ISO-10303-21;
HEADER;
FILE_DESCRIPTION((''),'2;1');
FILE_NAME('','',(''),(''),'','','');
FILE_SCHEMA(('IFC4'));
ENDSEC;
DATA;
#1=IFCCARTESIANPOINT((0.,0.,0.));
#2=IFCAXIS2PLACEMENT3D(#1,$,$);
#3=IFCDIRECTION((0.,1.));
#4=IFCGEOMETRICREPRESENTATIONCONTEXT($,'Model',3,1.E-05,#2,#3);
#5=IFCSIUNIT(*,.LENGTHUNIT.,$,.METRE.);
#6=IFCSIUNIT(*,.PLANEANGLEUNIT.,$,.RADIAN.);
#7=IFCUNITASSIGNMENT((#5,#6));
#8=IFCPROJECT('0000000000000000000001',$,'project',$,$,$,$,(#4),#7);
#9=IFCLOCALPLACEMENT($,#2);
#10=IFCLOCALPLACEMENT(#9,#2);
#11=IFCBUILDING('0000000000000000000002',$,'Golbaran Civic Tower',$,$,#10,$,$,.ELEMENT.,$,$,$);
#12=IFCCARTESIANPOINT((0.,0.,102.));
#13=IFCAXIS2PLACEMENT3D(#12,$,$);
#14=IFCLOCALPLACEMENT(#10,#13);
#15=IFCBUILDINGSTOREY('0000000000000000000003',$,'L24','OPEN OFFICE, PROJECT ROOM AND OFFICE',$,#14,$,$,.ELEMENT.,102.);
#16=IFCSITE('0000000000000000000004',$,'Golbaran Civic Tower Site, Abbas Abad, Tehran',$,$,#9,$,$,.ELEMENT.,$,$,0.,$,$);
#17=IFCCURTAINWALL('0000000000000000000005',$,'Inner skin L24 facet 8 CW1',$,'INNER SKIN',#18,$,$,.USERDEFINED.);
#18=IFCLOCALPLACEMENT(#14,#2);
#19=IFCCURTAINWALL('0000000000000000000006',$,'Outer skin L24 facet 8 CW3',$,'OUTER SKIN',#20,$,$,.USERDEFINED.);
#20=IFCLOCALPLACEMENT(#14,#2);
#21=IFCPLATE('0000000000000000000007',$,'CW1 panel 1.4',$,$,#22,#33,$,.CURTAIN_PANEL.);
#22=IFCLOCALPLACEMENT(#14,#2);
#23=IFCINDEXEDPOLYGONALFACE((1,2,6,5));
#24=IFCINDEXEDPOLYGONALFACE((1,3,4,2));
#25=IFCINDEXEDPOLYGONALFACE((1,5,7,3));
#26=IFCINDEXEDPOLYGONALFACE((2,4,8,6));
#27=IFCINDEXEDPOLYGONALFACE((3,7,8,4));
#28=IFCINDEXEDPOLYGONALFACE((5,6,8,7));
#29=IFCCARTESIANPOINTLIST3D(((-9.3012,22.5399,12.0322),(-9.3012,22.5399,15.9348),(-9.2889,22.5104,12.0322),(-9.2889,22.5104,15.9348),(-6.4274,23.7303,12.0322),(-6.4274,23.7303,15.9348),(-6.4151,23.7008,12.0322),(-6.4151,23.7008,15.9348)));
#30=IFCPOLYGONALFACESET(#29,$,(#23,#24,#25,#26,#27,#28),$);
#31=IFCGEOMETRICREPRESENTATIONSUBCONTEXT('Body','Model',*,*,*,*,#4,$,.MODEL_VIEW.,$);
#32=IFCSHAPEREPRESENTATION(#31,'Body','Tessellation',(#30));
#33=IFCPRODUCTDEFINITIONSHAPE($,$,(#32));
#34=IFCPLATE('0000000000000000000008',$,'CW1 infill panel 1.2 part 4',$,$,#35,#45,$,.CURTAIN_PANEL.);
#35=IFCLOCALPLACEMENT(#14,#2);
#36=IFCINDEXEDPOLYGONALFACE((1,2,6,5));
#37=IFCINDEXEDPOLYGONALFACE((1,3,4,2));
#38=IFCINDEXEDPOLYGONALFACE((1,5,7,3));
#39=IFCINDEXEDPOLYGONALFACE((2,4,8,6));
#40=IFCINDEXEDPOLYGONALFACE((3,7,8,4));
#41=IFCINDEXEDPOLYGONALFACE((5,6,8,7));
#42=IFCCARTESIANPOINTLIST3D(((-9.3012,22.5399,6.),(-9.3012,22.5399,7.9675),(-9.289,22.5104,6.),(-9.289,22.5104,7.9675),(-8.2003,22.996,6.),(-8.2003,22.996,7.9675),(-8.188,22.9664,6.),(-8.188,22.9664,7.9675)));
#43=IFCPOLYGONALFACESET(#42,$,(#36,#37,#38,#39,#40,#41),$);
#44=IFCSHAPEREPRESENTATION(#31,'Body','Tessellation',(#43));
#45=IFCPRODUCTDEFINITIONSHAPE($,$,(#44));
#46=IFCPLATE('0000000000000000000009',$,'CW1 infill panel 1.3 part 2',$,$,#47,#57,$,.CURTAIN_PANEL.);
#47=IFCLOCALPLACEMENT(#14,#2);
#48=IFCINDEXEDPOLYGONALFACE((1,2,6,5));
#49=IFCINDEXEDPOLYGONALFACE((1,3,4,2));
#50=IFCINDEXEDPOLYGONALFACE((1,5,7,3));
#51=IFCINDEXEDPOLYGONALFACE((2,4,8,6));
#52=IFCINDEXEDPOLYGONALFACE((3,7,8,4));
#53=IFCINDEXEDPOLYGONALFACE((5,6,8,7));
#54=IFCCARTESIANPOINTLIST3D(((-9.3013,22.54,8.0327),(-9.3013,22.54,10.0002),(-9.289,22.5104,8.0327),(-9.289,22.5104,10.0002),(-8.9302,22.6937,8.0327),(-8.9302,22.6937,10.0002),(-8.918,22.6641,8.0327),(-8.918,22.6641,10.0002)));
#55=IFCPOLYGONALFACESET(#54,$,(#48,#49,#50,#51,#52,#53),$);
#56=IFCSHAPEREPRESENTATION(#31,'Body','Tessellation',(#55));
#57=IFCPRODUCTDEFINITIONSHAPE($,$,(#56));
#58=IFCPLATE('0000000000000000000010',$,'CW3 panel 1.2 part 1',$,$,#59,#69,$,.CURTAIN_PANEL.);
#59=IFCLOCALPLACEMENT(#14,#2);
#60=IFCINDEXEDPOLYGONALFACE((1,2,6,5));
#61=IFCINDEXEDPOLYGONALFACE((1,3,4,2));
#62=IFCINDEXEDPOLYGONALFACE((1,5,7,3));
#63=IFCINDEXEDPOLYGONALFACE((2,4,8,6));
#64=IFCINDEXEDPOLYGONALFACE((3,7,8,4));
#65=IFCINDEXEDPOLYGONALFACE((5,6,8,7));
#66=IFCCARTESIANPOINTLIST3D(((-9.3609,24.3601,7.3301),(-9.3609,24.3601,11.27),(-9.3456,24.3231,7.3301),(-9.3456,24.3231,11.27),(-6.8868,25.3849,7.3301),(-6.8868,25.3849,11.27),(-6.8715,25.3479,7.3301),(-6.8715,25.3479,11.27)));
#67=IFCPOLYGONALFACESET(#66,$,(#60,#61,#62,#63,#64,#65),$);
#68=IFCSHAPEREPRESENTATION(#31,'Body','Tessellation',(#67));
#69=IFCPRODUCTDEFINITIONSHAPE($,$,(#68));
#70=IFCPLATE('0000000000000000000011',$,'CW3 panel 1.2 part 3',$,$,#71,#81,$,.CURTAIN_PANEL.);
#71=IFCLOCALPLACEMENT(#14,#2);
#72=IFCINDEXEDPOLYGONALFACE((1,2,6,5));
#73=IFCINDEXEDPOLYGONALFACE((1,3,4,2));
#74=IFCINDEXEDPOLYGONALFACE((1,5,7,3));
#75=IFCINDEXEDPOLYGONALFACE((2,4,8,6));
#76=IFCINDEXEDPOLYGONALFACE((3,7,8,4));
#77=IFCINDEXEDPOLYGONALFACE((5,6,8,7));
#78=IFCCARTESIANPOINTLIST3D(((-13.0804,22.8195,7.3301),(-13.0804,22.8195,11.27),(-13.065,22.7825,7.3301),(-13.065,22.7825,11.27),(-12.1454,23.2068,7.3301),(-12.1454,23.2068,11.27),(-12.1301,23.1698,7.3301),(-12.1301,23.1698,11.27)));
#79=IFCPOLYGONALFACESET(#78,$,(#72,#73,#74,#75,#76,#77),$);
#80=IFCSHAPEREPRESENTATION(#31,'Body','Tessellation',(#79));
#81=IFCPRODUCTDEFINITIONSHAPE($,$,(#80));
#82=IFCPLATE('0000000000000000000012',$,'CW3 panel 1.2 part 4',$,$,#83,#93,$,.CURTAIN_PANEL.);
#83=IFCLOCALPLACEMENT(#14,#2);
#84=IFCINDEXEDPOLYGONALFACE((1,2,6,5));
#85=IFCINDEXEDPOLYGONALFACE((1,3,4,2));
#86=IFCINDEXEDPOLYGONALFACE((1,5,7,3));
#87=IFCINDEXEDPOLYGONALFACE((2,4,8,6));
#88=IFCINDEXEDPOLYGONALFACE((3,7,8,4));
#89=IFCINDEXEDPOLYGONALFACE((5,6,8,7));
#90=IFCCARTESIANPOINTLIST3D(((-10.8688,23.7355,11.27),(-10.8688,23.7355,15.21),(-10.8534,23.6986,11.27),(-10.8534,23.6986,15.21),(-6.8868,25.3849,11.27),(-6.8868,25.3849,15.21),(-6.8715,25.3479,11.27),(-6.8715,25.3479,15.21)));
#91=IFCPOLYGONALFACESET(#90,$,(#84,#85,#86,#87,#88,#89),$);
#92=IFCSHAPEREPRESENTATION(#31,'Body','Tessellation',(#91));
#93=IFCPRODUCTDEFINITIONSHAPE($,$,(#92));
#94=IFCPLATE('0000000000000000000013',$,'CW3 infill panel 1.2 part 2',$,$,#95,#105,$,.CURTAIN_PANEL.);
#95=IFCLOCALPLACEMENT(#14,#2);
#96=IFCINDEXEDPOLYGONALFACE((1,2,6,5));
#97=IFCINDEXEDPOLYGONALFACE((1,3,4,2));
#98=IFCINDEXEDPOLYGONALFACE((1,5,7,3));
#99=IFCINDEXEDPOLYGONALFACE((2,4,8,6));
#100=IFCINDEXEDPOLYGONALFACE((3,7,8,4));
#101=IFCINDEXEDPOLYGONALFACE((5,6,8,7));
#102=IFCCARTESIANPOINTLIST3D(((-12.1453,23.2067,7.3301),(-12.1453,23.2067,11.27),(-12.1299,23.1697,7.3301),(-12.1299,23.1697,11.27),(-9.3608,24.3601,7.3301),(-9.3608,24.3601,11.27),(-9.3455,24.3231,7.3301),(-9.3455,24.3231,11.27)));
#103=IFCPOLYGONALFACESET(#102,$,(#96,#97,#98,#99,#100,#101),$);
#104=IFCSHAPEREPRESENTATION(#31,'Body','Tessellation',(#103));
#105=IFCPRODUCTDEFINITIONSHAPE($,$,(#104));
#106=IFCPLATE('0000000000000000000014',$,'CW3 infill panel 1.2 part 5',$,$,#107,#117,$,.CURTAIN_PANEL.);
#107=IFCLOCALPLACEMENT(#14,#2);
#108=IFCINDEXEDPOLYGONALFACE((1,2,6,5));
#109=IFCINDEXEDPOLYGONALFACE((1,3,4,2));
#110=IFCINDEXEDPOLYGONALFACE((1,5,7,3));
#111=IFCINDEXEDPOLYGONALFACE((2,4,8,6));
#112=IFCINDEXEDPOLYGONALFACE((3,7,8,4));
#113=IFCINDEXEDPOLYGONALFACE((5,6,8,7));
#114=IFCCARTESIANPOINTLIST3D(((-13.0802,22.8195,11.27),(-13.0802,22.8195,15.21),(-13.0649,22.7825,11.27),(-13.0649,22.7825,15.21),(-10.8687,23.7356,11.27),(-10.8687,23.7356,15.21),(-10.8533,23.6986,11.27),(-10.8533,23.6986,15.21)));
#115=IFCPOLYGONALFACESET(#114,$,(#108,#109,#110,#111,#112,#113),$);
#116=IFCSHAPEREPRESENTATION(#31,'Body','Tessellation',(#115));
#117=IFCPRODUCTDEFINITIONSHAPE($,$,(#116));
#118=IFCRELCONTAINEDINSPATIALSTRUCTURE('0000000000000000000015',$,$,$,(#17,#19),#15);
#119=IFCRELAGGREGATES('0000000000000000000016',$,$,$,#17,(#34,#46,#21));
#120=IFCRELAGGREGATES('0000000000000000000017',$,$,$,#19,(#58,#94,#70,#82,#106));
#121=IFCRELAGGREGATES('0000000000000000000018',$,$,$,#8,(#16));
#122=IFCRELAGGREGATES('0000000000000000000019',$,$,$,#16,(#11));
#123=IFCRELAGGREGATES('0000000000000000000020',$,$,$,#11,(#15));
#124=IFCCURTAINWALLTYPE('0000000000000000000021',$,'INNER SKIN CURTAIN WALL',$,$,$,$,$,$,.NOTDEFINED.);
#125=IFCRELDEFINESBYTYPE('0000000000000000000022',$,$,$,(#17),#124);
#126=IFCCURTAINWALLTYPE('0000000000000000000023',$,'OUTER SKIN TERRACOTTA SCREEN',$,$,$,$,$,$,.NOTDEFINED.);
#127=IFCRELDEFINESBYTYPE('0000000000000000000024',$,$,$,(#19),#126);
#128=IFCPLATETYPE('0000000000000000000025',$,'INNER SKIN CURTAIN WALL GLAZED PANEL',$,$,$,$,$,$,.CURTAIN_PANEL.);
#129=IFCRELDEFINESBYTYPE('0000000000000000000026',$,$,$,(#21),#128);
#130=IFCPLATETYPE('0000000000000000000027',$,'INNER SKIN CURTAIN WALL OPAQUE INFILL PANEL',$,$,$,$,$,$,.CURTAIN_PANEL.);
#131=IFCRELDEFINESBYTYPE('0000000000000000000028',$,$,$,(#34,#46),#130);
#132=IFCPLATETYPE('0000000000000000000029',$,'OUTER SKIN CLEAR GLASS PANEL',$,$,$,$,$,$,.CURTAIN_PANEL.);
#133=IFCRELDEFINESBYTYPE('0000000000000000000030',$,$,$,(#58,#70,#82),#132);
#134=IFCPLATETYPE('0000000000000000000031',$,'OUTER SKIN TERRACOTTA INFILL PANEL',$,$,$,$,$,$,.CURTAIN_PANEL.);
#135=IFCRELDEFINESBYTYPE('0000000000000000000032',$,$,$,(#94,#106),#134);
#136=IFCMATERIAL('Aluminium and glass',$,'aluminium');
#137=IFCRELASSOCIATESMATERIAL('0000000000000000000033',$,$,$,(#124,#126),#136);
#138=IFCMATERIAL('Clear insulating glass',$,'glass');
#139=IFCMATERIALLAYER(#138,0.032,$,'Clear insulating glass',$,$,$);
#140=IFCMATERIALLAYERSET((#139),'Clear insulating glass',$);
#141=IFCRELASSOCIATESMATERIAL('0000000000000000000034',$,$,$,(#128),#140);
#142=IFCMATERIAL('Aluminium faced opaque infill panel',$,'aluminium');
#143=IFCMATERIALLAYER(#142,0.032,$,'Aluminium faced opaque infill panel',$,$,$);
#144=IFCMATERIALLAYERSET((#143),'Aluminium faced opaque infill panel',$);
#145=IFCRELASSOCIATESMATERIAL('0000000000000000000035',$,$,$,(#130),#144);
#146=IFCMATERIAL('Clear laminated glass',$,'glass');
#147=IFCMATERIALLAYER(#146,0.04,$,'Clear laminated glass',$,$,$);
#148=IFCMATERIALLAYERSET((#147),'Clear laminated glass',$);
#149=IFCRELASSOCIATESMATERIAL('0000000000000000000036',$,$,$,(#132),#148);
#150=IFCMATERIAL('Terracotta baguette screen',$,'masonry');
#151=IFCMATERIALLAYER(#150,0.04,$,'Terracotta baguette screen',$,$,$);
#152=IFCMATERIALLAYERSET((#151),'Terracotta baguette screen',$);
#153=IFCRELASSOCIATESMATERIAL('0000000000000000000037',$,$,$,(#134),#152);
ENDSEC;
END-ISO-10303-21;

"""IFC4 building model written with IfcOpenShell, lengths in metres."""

from ifc_helpers import new_model, si_unit, direction, frame, origin, origin_2d, place, context, subcontext, project, spatial, rectangle, extrude, material, layer, layer_set, type_object, element, aggregate, save


model = new_model("IFC4")

# Units and contexts
model_context = context("Model", 3, precision=1e-05, world=origin(), true_north=direction((0.0, 1.0)))
body_context = subcontext(model_context, "Body", "Model", "MODEL_VIEW")
ifc_project = project(units=[si_unit("LENGTHUNIT", "METRE"), si_unit("PLANEANGLEUNIT", "RADIAN")], contexts=[model_context])

# Site, building, storey
site_placement = place(None, origin())
site = spatial("IfcSite", under=ifc_project, at=site_placement, Name="Golbaran Civic Tower Site, Abbas Abad, Tehran", CompositionType="ELEMENT", RefElevation=0.0)
building_placement = place(site_placement, origin())
building = spatial("IfcBuilding", under=site, at=building_placement, Name="Golbaran Civic Tower", CompositionType="ELEMENT")
storey_placement = place(building_placement, frame((0.0, 0.0, 102.0)))
storey = spatial("IfcBuildingStorey", under=building, at=storey_placement, Name="L24", Description="OPEN OFFICE, PROJECT ROOM AND OFFICE", CompositionType="ELEMENT", Elevation=102.0)

# Curtain walls
ifc_material_1 = material(Name="Aluminium and glass", Category="aluminium")
curtain_wall_type_1 = type_object("IfcCurtainWallType", Name="INNER SKIN CURTAIN WALL", PredefinedType="NOTDEFINED", material=ifc_material_1)
curtain_wall_1_placement = place(storey_placement, origin())
curtain_wall_1 = element("IfcCurtainWall", 1, at=curtain_wall_1_placement, inside=storey, type_object=curtain_wall_type_1, Name="Inner skin L24 facet 8 CW1", ObjectType="INNER SKIN", PredefinedType="USERDEFINED")
curtain_wall_type_2 = type_object("IfcCurtainWallType", Name="OUTER SKIN TERRACOTTA SCREEN", PredefinedType="NOTDEFINED", material=ifc_material_1)
curtain_wall_2_placement = place(storey_placement, origin())
curtain_wall_2 = element("IfcCurtainWall", 2, at=curtain_wall_2_placement, inside=storey, type_object=curtain_wall_type_2, Name="Outer skin L24 facet 8 CW3", ObjectType="OUTER SKIN", PredefinedType="USERDEFINED")

# Shared definitions
ifc_material_2 = material(Name="Clear insulating glass", Category="glass")
ifc_layer_1 = layer(ifc_material_2, 0.032, Name="Clear insulating glass")
ifc_layer_set_1 = layer_set([ifc_layer_1], Name="Clear insulating glass")
plate_type_1 = type_object("IfcPlateType", Name="INNER SKIN CURTAIN WALL GLAZED PANEL", PredefinedType="CURTAIN_PANEL", material=ifc_layer_set_1)

# Plates
plate_1_placement = place(storey_placement, frame((-7.8582, 23.1204, 12.0322), z_axis=(0.0, 0.0, 1.0), x_axis=(-0.92388, -0.382683, 0.0)))
plate_1 = element("IfcPlate", 3, at=plate_1_placement, type_object=plate_type_1, Name="CW1 panel 1.4", PredefinedType="CURTAIN_PANEL", context=body_context, shape_type="SweptSolid", body=[
    extrude(rectangle(XDim=3.1106, YDim=0.032, at=origin_2d()), origin(), (0.0, 0.0, 1.0), 3.9026),
])
ifc_material_3 = material(Name="Aluminium faced opaque infill panel", Category="aluminium")
ifc_layer_2 = layer(ifc_material_3, 0.032, Name="Aluminium faced opaque infill panel")
ifc_layer_set_2 = layer_set([ifc_layer_2], Name="Aluminium faced opaque infill panel")
plate_type_2 = type_object("IfcPlateType", Name="INNER SKIN CURTAIN WALL OPAQUE INFILL PANEL", PredefinedType="CURTAIN_PANEL", material=ifc_layer_set_2)
plate_2_placement = place(storey_placement, frame((-8.7446, 22.7532, 6.0), z_axis=(0.0, 0.0, 1.0), x_axis=(-0.92388, -0.382683, 0.0)))
plate_2 = element("IfcPlate", 4, at=plate_2_placement, type_object=plate_type_2, Name="CW1 infill panel 1.2 part 4", PredefinedType="CURTAIN_PANEL", context=body_context, shape_type="SweptSolid", body=[
    extrude(rectangle(XDim=1.1917, YDim=0.032, at=origin_2d()), origin(), (0.0, 0.0, 1.0), 1.9675),
])
plate_3_placement = place(storey_placement, frame((-9.1096, 22.6021, 8.0327), z_axis=(0.0, 0.0, 1.0), x_axis=(-0.92388, -0.382683, 0.0)))
plate_3 = element("IfcPlate", 5, at=plate_3_placement, type_object=plate_type_2, Name="CW1 infill panel 1.3 part 2", PredefinedType="CURTAIN_PANEL", context=body_context, shape_type="SweptSolid", body=[
    extrude(rectangle(XDim=0.4016, YDim=0.032, at=origin_2d()), origin(), (0.0, 0.0, 1.0), 1.9675),
])
aggregate(curtain_wall_1, [plate_2, plate_3, plate_1])
ifc_material_4 = material(Name="Clear laminated glass", Category="glass")
ifc_layer_3 = layer(ifc_material_4, 0.04, Name="Clear laminated glass")
ifc_layer_set_3 = layer_set([ifc_layer_3], Name="Clear laminated glass")
plate_type_3 = type_object("IfcPlateType", Name="OUTER SKIN CLEAR GLASS PANEL", PredefinedType="CURTAIN_PANEL", material=ifc_layer_set_3)
plate_4_placement = place(storey_placement, frame((-8.1162, 24.854, 7.3301), z_axis=(0.0, 0.0, 1.0), x_axis=(-0.92388, -0.382683, 0.0)))
plate_4 = element("IfcPlate", 6, at=plate_4_placement, type_object=plate_type_3, Name="CW3 panel 1.2 part 1", PredefinedType="CURTAIN_PANEL", context=body_context, shape_type="SweptSolid", body=[
    extrude(rectangle(XDim=2.678, YDim=0.04, at=origin_2d()), origin(), (0.0, 0.0, 1.0), 3.9399),
])
plate_5_placement = place(storey_placement, frame((-12.6052, 22.9946, 7.3301), z_axis=(0.0, 0.0, 1.0), x_axis=(-0.92388, -0.382683, 0.0)))
plate_5 = element("IfcPlate", 7, at=plate_5_placement, type_object=plate_type_3, Name="CW3 panel 1.2 part 3", PredefinedType="CURTAIN_PANEL", context=body_context, shape_type="SweptSolid", body=[
    extrude(rectangle(XDim=1.012, YDim=0.04, at=origin_2d()), origin(), (0.0, 0.0, 1.0), 3.9399),
])
plate_6_placement = place(storey_placement, frame((-8.8701, 24.5417, 11.27), z_axis=(0.0, 0.0, 1.0), x_axis=(-0.92388, -0.382683, 0.0)))
plate_6 = element("IfcPlate", 8, at=plate_6_placement, type_object=plate_type_3, Name="CW3 panel 1.2 part 4", PredefinedType="CURTAIN_PANEL", context=body_context, shape_type="SweptSolid", body=[
    extrude(rectangle(XDim=4.3101, YDim=0.04, at=origin_2d()), origin(), (0.0, 0.0, 1.0), 3.9399),
])
ifc_material_5 = material(Name="Terracotta baguette screen", Category="masonry")
ifc_layer_4 = layer(ifc_material_5, 0.04, Name="Terracotta baguette screen")
ifc_layer_set_4 = layer_set([ifc_layer_4], Name="Terracotta baguette screen")
plate_type_4 = type_object("IfcPlateType", Name="OUTER SKIN TERRACOTTA INFILL PANEL", PredefinedType="CURTAIN_PANEL", material=ifc_layer_set_4)
plate_7_placement = place(storey_placement, frame((-10.7454, 23.7649, 7.3301), z_axis=(0.0, 0.0, 1.0), x_axis=(-0.92388, -0.382683, 0.0)))
plate_7 = element("IfcPlate", 9, at=plate_7_placement, type_object=plate_type_4, Name="CW3 infill panel 1.2 part 2", PredefinedType="CURTAIN_PANEL", context=body_context, shape_type="SweptSolid", body=[
    extrude(rectangle(XDim=3.0139, YDim=0.04, at=origin_2d()), origin(), (0.0, 0.0, 1.0), 3.9399),
])
plate_8_placement = place(storey_placement, frame((-11.9668, 23.259, 11.27), z_axis=(0.0, 0.0, 1.0), x_axis=(-0.92388, -0.382683, 0.0)))
plate_8 = element("IfcPlate", 10, at=plate_8_placement, type_object=plate_type_4, Name="CW3 infill panel 1.2 part 5", PredefinedType="CURTAIN_PANEL", context=body_context, shape_type="SweptSolid", body=[
    extrude(rectangle(XDim=2.3938, YDim=0.04, at=origin_2d()), origin(), (0.0, 0.0, 1.0), 3.9399),
])
aggregate(curtain_wall_2, [plate_4, plate_7, plate_5, plate_6, plate_8])

save(model, "model.ifc")
